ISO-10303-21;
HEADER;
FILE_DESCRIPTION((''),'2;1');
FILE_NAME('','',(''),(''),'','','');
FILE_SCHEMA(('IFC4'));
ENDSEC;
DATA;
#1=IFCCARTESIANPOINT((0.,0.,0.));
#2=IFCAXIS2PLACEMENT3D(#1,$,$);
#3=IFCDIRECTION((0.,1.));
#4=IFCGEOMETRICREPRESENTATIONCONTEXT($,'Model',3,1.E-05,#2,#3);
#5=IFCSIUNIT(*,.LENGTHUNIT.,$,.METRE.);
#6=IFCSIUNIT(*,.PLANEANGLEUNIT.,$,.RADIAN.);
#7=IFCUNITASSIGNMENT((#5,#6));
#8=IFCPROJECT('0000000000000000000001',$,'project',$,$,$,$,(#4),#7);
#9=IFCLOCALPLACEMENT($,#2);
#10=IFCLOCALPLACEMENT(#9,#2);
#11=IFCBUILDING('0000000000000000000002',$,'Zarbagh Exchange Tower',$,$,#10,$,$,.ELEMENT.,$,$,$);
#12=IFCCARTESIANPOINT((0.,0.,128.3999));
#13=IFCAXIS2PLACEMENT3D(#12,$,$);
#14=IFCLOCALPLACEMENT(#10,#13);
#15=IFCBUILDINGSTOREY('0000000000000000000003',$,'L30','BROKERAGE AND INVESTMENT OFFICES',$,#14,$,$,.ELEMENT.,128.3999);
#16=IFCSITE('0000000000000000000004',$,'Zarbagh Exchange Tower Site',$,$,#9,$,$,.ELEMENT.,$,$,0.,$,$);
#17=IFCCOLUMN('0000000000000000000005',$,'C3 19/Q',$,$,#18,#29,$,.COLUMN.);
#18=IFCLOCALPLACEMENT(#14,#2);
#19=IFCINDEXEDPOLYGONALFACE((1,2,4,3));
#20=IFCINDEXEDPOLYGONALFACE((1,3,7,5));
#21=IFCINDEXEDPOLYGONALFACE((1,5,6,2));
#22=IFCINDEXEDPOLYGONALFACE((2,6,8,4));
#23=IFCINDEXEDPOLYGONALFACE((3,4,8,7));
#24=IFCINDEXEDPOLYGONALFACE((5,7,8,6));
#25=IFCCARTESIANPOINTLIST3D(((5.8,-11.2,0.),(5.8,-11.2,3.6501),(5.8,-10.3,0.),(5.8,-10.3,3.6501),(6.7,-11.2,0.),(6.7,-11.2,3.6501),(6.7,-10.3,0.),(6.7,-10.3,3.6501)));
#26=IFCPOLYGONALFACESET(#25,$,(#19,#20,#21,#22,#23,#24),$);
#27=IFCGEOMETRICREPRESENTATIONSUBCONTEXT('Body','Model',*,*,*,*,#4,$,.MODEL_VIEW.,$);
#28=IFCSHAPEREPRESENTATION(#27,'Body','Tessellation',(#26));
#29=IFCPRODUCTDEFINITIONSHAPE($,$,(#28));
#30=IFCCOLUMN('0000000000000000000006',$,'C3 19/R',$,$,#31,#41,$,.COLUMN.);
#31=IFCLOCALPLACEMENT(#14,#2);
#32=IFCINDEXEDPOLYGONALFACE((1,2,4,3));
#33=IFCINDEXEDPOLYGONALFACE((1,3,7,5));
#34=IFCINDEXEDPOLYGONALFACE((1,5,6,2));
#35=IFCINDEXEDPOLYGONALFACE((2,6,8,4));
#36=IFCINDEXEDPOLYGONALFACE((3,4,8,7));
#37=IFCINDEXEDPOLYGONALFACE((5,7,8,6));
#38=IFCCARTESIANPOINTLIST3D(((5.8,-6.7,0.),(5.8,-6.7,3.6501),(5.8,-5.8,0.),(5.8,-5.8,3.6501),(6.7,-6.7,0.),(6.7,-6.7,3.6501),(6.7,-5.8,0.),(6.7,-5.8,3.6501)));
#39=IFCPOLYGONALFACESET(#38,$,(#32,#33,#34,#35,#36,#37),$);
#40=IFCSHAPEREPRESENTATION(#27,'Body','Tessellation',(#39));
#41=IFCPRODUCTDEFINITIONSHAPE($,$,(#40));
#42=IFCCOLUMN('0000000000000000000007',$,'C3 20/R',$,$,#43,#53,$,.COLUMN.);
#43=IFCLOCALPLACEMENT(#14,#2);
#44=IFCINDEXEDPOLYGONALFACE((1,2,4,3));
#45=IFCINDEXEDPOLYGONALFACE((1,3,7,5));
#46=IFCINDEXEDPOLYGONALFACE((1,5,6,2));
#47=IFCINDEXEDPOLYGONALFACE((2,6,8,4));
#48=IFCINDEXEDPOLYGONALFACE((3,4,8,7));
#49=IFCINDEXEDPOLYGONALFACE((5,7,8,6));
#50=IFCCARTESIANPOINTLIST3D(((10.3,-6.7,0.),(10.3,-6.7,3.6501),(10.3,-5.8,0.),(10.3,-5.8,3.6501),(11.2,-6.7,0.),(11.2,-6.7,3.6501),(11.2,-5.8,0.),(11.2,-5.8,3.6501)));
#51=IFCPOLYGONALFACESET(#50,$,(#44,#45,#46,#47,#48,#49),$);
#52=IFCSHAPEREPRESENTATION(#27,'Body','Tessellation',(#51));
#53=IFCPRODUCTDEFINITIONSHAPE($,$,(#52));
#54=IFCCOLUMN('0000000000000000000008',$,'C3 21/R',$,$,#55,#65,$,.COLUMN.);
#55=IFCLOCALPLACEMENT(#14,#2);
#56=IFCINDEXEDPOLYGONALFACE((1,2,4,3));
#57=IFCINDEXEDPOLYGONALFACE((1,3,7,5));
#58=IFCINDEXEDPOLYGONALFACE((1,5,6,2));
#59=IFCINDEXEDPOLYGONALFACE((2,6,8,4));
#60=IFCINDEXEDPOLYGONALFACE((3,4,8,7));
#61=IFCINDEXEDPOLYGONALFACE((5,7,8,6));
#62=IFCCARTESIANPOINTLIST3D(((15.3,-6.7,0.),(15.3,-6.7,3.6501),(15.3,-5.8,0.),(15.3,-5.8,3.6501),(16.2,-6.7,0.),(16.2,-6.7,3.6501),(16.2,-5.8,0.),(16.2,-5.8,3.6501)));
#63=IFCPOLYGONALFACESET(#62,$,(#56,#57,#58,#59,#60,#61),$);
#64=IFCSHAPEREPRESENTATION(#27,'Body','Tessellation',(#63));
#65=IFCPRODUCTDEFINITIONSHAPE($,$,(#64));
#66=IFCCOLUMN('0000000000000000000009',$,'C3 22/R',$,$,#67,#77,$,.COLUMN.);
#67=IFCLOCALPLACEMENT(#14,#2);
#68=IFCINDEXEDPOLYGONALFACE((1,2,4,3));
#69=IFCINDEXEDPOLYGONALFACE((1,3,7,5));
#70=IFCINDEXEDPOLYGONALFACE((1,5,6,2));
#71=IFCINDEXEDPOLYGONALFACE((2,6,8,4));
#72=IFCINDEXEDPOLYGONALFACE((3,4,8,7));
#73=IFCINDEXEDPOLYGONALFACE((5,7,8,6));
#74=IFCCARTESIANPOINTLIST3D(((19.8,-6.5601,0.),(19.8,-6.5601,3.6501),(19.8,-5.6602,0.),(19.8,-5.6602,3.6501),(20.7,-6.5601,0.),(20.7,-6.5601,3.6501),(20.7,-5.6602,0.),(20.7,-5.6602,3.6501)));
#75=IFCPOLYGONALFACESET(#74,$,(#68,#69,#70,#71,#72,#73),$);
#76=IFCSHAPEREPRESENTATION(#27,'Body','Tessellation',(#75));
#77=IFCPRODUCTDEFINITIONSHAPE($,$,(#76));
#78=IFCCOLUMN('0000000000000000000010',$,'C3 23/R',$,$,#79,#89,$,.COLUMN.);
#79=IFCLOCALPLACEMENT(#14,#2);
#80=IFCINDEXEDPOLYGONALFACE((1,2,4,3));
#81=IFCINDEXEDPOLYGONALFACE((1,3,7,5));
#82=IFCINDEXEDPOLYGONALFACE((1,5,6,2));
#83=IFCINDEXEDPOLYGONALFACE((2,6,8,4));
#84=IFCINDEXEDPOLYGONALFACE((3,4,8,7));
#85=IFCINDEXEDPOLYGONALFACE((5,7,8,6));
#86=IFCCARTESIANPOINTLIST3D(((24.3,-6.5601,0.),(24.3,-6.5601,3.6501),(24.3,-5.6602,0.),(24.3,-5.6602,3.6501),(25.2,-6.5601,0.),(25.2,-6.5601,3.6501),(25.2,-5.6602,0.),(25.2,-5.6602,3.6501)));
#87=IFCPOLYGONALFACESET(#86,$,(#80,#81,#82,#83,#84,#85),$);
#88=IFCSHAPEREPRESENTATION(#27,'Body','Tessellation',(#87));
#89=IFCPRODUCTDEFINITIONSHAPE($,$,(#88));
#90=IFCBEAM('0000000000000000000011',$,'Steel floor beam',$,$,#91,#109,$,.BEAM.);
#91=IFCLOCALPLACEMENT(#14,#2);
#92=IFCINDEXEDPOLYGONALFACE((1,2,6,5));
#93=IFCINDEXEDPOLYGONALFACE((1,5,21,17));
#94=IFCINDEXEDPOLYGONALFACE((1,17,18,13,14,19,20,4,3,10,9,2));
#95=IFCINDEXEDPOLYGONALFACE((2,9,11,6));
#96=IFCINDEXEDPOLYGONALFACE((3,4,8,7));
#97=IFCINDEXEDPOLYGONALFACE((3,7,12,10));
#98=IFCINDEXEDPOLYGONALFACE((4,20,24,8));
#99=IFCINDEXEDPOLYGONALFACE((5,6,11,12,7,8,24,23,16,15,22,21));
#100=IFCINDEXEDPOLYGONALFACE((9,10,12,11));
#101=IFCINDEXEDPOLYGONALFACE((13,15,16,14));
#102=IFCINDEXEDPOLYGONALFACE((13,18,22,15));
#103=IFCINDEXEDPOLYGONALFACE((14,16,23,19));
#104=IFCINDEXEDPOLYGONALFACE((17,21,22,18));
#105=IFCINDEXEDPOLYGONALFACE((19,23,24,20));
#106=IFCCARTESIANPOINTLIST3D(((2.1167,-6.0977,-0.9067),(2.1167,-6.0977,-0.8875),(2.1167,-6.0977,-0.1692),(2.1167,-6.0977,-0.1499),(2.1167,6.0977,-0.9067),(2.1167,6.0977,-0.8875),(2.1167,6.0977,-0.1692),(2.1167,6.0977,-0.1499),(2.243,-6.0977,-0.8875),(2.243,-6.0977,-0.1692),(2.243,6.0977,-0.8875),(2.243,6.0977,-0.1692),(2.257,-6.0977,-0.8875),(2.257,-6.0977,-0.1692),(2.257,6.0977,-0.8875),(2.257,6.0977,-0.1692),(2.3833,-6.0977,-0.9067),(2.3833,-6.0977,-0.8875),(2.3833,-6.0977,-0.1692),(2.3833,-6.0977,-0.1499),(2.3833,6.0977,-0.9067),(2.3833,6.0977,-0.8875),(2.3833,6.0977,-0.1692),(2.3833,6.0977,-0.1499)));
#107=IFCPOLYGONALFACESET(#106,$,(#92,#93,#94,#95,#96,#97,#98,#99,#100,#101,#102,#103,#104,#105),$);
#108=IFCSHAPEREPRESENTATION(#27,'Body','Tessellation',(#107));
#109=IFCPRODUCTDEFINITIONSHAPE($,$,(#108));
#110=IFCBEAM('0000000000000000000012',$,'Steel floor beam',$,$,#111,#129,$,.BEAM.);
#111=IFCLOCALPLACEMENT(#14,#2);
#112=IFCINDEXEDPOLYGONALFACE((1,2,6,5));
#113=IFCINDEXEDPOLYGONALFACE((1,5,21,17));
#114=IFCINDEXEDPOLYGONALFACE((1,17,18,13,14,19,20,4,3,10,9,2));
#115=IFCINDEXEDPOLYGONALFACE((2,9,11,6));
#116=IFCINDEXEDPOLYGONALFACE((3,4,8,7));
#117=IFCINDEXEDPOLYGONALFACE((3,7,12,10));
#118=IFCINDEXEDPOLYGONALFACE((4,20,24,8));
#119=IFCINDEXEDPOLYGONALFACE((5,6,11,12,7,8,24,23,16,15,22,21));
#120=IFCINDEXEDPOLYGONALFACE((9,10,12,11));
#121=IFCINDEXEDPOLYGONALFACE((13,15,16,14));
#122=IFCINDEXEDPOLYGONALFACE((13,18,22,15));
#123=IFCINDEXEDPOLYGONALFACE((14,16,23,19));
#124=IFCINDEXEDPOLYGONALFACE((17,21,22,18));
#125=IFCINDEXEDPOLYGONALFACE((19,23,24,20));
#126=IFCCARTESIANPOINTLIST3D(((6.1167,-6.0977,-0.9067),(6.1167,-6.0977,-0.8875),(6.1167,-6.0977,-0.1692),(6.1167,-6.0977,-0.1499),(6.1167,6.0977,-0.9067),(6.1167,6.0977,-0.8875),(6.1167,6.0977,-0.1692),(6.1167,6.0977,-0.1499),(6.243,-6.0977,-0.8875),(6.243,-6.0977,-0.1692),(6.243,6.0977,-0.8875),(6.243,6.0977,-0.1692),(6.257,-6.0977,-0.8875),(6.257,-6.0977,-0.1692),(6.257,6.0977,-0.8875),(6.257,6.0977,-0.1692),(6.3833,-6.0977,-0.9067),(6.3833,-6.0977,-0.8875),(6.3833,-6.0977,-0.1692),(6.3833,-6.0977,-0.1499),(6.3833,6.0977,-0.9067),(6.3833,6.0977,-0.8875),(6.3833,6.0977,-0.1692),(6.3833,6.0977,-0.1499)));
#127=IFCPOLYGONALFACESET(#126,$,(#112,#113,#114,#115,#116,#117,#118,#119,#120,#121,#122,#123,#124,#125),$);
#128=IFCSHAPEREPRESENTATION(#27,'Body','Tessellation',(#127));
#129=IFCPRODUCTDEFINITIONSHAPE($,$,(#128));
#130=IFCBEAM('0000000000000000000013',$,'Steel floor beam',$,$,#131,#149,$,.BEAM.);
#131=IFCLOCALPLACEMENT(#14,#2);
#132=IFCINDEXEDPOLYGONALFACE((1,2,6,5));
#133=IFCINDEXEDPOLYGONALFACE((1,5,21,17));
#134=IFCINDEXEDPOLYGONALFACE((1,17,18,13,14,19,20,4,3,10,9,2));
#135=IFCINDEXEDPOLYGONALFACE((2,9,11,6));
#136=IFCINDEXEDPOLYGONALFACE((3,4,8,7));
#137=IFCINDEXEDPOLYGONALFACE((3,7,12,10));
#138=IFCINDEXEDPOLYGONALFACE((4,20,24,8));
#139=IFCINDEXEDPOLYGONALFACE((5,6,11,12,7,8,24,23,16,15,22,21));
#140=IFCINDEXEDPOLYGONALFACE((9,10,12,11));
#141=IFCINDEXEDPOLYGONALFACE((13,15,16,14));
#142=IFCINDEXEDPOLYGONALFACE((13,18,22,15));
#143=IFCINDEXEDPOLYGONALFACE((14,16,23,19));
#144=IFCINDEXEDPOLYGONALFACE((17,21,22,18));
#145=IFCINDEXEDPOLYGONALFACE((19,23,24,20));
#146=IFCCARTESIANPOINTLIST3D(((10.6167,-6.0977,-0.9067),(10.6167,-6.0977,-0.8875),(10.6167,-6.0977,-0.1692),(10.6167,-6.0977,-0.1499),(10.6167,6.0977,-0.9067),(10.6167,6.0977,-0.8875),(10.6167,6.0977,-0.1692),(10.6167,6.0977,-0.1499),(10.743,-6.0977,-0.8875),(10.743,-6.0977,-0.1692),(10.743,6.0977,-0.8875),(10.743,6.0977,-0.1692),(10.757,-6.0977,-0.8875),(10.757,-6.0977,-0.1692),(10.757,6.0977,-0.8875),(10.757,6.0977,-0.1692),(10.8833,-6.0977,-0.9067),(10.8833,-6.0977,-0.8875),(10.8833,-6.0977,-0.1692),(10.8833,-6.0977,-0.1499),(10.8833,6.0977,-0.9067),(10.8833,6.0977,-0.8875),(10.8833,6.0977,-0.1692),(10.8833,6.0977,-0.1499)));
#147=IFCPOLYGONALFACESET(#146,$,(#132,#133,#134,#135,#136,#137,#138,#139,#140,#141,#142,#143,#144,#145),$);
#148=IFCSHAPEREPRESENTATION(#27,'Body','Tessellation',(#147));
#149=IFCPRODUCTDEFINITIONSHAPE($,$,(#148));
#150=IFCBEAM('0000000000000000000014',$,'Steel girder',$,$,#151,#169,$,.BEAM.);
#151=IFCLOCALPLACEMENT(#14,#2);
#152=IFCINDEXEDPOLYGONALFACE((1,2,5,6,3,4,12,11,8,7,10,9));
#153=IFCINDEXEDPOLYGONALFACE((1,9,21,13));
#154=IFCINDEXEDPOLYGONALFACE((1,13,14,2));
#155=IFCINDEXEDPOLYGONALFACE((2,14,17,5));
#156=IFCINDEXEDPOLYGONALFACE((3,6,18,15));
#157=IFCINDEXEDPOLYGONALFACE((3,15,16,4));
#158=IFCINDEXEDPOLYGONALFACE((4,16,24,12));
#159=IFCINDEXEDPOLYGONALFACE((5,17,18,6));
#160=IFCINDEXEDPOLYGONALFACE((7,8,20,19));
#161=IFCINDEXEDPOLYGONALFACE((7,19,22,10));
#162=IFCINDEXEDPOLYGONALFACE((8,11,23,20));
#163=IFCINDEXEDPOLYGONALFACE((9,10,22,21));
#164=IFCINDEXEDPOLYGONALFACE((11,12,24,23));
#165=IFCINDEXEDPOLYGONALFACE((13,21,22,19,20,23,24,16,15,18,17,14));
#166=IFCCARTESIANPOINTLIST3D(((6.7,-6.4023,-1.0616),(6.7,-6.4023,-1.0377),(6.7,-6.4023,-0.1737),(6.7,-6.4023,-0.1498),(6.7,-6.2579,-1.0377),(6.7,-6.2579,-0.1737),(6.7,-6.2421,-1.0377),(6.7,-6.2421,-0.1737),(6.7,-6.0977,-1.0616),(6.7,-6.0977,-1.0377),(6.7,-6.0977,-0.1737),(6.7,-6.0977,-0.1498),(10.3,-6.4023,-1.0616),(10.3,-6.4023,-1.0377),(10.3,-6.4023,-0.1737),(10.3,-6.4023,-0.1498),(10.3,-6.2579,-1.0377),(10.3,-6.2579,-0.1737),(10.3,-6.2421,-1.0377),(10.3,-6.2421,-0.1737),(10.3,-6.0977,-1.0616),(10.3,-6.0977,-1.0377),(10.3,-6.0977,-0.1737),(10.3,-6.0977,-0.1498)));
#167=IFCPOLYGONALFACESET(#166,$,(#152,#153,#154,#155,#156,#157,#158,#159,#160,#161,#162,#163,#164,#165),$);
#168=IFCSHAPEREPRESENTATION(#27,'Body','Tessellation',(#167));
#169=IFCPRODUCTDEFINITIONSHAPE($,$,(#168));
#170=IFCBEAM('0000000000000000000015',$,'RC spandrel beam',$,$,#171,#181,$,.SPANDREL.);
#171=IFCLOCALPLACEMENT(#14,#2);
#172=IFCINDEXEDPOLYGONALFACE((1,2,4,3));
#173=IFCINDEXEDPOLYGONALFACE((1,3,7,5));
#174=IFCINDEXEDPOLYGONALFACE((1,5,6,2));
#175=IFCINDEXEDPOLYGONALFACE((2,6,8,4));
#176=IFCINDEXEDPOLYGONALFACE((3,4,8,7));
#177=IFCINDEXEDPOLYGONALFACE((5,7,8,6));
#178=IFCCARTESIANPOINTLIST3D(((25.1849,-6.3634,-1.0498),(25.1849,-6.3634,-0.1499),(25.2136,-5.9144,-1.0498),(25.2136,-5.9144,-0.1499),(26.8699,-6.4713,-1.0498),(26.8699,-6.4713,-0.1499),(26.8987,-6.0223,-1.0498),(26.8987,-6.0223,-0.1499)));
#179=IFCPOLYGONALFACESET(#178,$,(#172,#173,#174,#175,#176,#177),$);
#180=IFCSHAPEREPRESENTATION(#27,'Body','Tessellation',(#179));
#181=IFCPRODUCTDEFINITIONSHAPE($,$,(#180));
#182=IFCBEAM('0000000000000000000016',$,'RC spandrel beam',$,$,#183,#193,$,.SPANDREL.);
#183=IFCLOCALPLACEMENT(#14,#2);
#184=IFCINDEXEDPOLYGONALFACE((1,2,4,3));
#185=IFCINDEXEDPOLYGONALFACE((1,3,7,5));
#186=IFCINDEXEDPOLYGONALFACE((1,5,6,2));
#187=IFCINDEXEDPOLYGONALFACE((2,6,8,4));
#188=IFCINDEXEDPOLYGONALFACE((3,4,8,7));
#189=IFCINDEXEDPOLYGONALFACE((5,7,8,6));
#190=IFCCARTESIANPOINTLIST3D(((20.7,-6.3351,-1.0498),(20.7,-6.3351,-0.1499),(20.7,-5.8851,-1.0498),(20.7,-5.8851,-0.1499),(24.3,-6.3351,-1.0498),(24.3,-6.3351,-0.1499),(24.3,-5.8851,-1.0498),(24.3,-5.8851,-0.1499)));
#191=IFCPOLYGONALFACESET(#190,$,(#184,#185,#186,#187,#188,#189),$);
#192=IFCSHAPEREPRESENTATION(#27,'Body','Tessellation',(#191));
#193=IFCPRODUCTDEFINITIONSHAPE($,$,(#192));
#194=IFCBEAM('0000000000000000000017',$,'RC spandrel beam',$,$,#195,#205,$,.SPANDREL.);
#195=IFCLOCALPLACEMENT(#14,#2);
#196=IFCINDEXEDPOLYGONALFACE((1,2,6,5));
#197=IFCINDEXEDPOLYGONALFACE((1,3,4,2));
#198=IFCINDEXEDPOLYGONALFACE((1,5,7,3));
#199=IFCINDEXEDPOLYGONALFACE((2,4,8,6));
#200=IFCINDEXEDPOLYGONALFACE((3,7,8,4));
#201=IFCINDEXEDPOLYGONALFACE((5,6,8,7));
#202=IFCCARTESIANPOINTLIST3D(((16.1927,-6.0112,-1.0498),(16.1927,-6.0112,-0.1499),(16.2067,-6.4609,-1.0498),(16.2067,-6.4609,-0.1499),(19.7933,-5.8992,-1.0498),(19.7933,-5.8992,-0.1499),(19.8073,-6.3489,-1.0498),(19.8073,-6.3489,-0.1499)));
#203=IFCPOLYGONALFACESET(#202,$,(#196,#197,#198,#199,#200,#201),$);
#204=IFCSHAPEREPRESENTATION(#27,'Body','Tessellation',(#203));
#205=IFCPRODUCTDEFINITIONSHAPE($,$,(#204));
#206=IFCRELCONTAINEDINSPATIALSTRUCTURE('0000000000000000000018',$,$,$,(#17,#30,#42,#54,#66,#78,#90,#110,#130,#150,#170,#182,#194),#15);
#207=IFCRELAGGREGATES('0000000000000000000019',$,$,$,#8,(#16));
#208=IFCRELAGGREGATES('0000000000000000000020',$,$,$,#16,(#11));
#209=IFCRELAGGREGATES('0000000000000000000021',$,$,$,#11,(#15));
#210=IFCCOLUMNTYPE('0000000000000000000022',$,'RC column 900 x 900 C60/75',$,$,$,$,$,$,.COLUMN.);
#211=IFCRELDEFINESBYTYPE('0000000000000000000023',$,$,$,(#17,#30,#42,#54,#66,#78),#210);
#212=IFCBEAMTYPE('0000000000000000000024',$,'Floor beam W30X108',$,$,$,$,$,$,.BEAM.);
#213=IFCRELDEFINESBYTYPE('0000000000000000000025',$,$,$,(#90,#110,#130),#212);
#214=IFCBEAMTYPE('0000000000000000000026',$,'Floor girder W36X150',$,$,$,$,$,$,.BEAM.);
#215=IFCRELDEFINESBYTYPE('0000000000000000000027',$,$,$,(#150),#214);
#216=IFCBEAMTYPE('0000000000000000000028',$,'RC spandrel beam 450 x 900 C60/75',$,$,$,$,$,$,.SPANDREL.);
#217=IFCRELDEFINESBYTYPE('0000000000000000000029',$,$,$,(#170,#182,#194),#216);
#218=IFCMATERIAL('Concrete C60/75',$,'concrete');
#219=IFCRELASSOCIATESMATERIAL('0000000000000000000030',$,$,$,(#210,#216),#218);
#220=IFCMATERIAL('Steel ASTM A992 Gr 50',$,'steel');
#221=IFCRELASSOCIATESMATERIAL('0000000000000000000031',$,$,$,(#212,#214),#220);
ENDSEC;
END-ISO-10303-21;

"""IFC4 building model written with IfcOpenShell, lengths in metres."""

from ifc_helpers import new_model, si_unit, direction, frame, origin, origin_2d, place, context, subcontext, project, spatial, rectangle, i_section, extrude, material, material_profile, profile_set, type_object, element, save


model = new_model("IFC4")

# Units and contexts
model_context = context("Model", 3, precision=1e-05, world=origin(), true_north=direction((0.0, 1.0)))
body_context = subcontext(model_context, "Body", "Model", "MODEL_VIEW")
ifc_project = project(units=[si_unit("LENGTHUNIT", "METRE"), si_unit("PLANEANGLEUNIT", "RADIAN")], contexts=[model_context])

# Site, building, storey
site_placement = place(None, origin())
site = spatial("IfcSite", under=ifc_project, at=site_placement, Name="Zarbagh Exchange Tower Site", CompositionType="ELEMENT", RefElevation=0.0)
building_placement = place(site_placement, origin())
building = spatial("IfcBuilding", under=site, at=building_placement, Name="Zarbagh Exchange Tower", CompositionType="ELEMENT")
storey_placement = place(building_placement, frame((0.0, 0.0, 128.3999)))
storey = spatial("IfcBuildingStorey", under=building, at=storey_placement, Name="L30", Description="BROKERAGE AND INVESTMENT OFFICES", CompositionType="ELEMENT", Elevation=128.3999)

# Columns
ifc_material_1 = material(Name="Concrete C60/75", Category="concrete")
ifc_material_profile_1 = material_profile(ifc_material_1, rectangle(XDim=0.8999, YDim=0.8999, at=origin_2d()), Name="RC column 900 x 900 C60/75")
ifc_profile_set_1 = profile_set([ifc_material_profile_1], Name="Concrete C60/75")
column_type = type_object("IfcColumnType", Name="RC column 900 x 900 C60/75", PredefinedType="COLUMN", material=ifc_profile_set_1)
for number, where, z_axis, x_axis, name in (
    (1, (6.25, -10.75, 0.0), (0.0, 0.0, 1.0), (1.0, 0.0, 0.0), "C3 19/Q"),
    (2, (6.25, -6.25, 0.0), (0.0, 0.0, 1.0), (1.0, 0.0, 0.0), "C3 19/R"),
    (3, (10.75, -6.25, 0.0), (0.0, 0.0, 1.0), (1.0, 0.0, 0.0), "C3 20/R"),
    (4, (15.75, -6.25, 0.0), (0.0, 0.0, 1.0), (1.0, 0.0, 0.0), "C3 21/R"),
    (5, (20.25, -6.1101, 0.0), (0.0, 0.0, 1.0), (1.0, 0.0, 0.0), "C3 22/R"),
    (6, (24.75, -6.1101, 0.0), (0.0, 0.0, 1.0), (1.0, 0.0, 0.0), "C3 23/R"),
):
    element("IfcColumn", number, at=place(storey_placement, frame(where, z_axis=z_axis, x_axis=x_axis)), inside=storey, type_object=column_type, Name=name, PredefinedType="COLUMN", context=body_context, shape_type="SweptSolid", body=[
        extrude(rectangle(XDim=0.8999, YDim=0.8999, at=origin_2d()), origin(), (0.0, 0.0, 1.0), 3.6501),
    ])

# Beams
ifc_material_2 = material(Name="Steel ASTM A992 Gr 50", Category="steel")
ifc_material_profile_2 = material_profile(ifc_material_2, i_section(OverallWidth=0.2666, OverallDepth=0.7568, WebThickness=0.0139, FlangeThickness=0.0193, at=origin_2d()), Name="W30X108")
ifc_profile_set_2 = profile_set([ifc_material_profile_2], Name="Steel ASTM A992 Gr 50")
beam_type_1 = type_object("IfcBeamType", Name="Floor beam W30X108", PredefinedType="BEAM", material=ifc_profile_set_2)
for number, where, z_axis, x_axis, name in (
    (7, (2.25, -6.0977, -0.5283), (0.0, 1.0, 0.0), (-1.0, 0.0, 0.0), "Steel floor beam"),
    (8, (6.25, -6.0977, -0.5283), (0.0, 1.0, 0.0), (-1.0, 0.0, 0.0), "Steel floor beam"),
    (9, (10.75, -6.0977, -0.5283), (0.0, 1.0, 0.0), (-1.0, 0.0, 0.0), "Steel floor beam"),
):
    element("IfcBeam", number, at=place(storey_placement, frame(where, z_axis=z_axis, x_axis=x_axis)), inside=storey, type_object=beam_type_1, Name=name, PredefinedType="BEAM", context=body_context, shape_type="SweptSolid", body=[
        extrude(i_section(OverallWidth=0.2666, OverallDepth=0.7568, WebThickness=0.0139, FlangeThickness=0.0193, at=origin_2d()), origin(), (0.0, 0.0, 1.0), 12.1953),
    ])
ifc_material_profile_3 = material_profile(ifc_material_2, i_section(OverallWidth=0.3047, OverallDepth=0.9119, WebThickness=0.0159, FlangeThickness=0.0239, at=origin_2d()), Name="W36X150")
ifc_profile_set_3 = profile_set([ifc_material_profile_3], Name="Steel ASTM A992 Gr 50")
beam_type_2 = type_object("IfcBeamType", Name="Floor girder W36X150", PredefinedType="BEAM", material=ifc_profile_set_3)
beam_1_placement = place(storey_placement, frame((6.7, -6.25, -0.6057), z_axis=(1.0, 0.0, 0.0), x_axis=(0.0, 1.0, 0.0)))
element("IfcBeam", 10, at=beam_1_placement, inside=storey, type_object=beam_type_2, Name="Steel girder", PredefinedType="BEAM", context=body_context, shape_type="SweptSolid", body=[
    extrude(i_section(OverallWidth=0.3047, OverallDepth=0.9119, WebThickness=0.0159, FlangeThickness=0.0239, at=origin_2d()), origin(), (0.0, 0.0, 1.0), 3.6001),
])
ifc_material_profile_4 = material_profile(ifc_material_1, rectangle(XDim=0.45, YDim=0.8999, at=origin_2d()), Name="RC spandrel beam 450 x 900 C60/75")
ifc_profile_set_4 = profile_set([ifc_material_profile_4], Name="Concrete C60/75")
beam_type_3 = type_object("IfcBeamType", Name="RC spandrel beam 450 x 900 C60/75", PredefinedType="SPANDREL", material=ifc_profile_set_4)
beam_2_placement = place(storey_placement, frame((26.8843, -6.2468, -0.5999), z_axis=(-0.997956, 0.063908, 0.0), x_axis=(-0.063908, -0.997956, 0.0)))
element("IfcBeam", 11, at=beam_2_placement, inside=storey, type_object=beam_type_3, Name="RC spandrel beam", PredefinedType="SPANDREL", context=body_context, shape_type="SweptSolid", body=[
    extrude(rectangle(XDim=0.45, YDim=0.8999, at=origin_2d()), origin(), (0.0, 0.0, 1.0), 1.6885),
])
beam_3_placement = place(storey_placement, frame((24.3, -6.1101, -0.5999), z_axis=(-1.0, 0.0, 0.0), x_axis=(0.0, -1.0, 0.0)))
element("IfcBeam", 12, at=beam_3_placement, inside=storey, type_object=beam_type_3, Name="RC spandrel beam", PredefinedType="SPANDREL", context=body_context, shape_type="SweptSolid", body=[
    extrude(rectangle(XDim=0.45, YDim=0.8999, at=origin_2d()), origin(), (0.0, 0.0, 1.0), 3.6001),
])
beam_4_placement = place(storey_placement, frame((19.8003, -6.124, -0.5999), z_axis=(-0.999516, -0.031108, 0.0), x_axis=(0.031108, -0.999516, 0.0)))
element("IfcBeam", 13, at=beam_4_placement, inside=storey, type_object=beam_type_3, Name="RC spandrel beam", PredefinedType="SPANDREL", context=body_context, shape_type="SweptSolid", body=[
    extrude(rectangle(XDim=0.45, YDim=0.8999, at=origin_2d()), origin(), (0.0, 0.0, 1.0), 3.6023),
])

save(model, "model.ifc")
